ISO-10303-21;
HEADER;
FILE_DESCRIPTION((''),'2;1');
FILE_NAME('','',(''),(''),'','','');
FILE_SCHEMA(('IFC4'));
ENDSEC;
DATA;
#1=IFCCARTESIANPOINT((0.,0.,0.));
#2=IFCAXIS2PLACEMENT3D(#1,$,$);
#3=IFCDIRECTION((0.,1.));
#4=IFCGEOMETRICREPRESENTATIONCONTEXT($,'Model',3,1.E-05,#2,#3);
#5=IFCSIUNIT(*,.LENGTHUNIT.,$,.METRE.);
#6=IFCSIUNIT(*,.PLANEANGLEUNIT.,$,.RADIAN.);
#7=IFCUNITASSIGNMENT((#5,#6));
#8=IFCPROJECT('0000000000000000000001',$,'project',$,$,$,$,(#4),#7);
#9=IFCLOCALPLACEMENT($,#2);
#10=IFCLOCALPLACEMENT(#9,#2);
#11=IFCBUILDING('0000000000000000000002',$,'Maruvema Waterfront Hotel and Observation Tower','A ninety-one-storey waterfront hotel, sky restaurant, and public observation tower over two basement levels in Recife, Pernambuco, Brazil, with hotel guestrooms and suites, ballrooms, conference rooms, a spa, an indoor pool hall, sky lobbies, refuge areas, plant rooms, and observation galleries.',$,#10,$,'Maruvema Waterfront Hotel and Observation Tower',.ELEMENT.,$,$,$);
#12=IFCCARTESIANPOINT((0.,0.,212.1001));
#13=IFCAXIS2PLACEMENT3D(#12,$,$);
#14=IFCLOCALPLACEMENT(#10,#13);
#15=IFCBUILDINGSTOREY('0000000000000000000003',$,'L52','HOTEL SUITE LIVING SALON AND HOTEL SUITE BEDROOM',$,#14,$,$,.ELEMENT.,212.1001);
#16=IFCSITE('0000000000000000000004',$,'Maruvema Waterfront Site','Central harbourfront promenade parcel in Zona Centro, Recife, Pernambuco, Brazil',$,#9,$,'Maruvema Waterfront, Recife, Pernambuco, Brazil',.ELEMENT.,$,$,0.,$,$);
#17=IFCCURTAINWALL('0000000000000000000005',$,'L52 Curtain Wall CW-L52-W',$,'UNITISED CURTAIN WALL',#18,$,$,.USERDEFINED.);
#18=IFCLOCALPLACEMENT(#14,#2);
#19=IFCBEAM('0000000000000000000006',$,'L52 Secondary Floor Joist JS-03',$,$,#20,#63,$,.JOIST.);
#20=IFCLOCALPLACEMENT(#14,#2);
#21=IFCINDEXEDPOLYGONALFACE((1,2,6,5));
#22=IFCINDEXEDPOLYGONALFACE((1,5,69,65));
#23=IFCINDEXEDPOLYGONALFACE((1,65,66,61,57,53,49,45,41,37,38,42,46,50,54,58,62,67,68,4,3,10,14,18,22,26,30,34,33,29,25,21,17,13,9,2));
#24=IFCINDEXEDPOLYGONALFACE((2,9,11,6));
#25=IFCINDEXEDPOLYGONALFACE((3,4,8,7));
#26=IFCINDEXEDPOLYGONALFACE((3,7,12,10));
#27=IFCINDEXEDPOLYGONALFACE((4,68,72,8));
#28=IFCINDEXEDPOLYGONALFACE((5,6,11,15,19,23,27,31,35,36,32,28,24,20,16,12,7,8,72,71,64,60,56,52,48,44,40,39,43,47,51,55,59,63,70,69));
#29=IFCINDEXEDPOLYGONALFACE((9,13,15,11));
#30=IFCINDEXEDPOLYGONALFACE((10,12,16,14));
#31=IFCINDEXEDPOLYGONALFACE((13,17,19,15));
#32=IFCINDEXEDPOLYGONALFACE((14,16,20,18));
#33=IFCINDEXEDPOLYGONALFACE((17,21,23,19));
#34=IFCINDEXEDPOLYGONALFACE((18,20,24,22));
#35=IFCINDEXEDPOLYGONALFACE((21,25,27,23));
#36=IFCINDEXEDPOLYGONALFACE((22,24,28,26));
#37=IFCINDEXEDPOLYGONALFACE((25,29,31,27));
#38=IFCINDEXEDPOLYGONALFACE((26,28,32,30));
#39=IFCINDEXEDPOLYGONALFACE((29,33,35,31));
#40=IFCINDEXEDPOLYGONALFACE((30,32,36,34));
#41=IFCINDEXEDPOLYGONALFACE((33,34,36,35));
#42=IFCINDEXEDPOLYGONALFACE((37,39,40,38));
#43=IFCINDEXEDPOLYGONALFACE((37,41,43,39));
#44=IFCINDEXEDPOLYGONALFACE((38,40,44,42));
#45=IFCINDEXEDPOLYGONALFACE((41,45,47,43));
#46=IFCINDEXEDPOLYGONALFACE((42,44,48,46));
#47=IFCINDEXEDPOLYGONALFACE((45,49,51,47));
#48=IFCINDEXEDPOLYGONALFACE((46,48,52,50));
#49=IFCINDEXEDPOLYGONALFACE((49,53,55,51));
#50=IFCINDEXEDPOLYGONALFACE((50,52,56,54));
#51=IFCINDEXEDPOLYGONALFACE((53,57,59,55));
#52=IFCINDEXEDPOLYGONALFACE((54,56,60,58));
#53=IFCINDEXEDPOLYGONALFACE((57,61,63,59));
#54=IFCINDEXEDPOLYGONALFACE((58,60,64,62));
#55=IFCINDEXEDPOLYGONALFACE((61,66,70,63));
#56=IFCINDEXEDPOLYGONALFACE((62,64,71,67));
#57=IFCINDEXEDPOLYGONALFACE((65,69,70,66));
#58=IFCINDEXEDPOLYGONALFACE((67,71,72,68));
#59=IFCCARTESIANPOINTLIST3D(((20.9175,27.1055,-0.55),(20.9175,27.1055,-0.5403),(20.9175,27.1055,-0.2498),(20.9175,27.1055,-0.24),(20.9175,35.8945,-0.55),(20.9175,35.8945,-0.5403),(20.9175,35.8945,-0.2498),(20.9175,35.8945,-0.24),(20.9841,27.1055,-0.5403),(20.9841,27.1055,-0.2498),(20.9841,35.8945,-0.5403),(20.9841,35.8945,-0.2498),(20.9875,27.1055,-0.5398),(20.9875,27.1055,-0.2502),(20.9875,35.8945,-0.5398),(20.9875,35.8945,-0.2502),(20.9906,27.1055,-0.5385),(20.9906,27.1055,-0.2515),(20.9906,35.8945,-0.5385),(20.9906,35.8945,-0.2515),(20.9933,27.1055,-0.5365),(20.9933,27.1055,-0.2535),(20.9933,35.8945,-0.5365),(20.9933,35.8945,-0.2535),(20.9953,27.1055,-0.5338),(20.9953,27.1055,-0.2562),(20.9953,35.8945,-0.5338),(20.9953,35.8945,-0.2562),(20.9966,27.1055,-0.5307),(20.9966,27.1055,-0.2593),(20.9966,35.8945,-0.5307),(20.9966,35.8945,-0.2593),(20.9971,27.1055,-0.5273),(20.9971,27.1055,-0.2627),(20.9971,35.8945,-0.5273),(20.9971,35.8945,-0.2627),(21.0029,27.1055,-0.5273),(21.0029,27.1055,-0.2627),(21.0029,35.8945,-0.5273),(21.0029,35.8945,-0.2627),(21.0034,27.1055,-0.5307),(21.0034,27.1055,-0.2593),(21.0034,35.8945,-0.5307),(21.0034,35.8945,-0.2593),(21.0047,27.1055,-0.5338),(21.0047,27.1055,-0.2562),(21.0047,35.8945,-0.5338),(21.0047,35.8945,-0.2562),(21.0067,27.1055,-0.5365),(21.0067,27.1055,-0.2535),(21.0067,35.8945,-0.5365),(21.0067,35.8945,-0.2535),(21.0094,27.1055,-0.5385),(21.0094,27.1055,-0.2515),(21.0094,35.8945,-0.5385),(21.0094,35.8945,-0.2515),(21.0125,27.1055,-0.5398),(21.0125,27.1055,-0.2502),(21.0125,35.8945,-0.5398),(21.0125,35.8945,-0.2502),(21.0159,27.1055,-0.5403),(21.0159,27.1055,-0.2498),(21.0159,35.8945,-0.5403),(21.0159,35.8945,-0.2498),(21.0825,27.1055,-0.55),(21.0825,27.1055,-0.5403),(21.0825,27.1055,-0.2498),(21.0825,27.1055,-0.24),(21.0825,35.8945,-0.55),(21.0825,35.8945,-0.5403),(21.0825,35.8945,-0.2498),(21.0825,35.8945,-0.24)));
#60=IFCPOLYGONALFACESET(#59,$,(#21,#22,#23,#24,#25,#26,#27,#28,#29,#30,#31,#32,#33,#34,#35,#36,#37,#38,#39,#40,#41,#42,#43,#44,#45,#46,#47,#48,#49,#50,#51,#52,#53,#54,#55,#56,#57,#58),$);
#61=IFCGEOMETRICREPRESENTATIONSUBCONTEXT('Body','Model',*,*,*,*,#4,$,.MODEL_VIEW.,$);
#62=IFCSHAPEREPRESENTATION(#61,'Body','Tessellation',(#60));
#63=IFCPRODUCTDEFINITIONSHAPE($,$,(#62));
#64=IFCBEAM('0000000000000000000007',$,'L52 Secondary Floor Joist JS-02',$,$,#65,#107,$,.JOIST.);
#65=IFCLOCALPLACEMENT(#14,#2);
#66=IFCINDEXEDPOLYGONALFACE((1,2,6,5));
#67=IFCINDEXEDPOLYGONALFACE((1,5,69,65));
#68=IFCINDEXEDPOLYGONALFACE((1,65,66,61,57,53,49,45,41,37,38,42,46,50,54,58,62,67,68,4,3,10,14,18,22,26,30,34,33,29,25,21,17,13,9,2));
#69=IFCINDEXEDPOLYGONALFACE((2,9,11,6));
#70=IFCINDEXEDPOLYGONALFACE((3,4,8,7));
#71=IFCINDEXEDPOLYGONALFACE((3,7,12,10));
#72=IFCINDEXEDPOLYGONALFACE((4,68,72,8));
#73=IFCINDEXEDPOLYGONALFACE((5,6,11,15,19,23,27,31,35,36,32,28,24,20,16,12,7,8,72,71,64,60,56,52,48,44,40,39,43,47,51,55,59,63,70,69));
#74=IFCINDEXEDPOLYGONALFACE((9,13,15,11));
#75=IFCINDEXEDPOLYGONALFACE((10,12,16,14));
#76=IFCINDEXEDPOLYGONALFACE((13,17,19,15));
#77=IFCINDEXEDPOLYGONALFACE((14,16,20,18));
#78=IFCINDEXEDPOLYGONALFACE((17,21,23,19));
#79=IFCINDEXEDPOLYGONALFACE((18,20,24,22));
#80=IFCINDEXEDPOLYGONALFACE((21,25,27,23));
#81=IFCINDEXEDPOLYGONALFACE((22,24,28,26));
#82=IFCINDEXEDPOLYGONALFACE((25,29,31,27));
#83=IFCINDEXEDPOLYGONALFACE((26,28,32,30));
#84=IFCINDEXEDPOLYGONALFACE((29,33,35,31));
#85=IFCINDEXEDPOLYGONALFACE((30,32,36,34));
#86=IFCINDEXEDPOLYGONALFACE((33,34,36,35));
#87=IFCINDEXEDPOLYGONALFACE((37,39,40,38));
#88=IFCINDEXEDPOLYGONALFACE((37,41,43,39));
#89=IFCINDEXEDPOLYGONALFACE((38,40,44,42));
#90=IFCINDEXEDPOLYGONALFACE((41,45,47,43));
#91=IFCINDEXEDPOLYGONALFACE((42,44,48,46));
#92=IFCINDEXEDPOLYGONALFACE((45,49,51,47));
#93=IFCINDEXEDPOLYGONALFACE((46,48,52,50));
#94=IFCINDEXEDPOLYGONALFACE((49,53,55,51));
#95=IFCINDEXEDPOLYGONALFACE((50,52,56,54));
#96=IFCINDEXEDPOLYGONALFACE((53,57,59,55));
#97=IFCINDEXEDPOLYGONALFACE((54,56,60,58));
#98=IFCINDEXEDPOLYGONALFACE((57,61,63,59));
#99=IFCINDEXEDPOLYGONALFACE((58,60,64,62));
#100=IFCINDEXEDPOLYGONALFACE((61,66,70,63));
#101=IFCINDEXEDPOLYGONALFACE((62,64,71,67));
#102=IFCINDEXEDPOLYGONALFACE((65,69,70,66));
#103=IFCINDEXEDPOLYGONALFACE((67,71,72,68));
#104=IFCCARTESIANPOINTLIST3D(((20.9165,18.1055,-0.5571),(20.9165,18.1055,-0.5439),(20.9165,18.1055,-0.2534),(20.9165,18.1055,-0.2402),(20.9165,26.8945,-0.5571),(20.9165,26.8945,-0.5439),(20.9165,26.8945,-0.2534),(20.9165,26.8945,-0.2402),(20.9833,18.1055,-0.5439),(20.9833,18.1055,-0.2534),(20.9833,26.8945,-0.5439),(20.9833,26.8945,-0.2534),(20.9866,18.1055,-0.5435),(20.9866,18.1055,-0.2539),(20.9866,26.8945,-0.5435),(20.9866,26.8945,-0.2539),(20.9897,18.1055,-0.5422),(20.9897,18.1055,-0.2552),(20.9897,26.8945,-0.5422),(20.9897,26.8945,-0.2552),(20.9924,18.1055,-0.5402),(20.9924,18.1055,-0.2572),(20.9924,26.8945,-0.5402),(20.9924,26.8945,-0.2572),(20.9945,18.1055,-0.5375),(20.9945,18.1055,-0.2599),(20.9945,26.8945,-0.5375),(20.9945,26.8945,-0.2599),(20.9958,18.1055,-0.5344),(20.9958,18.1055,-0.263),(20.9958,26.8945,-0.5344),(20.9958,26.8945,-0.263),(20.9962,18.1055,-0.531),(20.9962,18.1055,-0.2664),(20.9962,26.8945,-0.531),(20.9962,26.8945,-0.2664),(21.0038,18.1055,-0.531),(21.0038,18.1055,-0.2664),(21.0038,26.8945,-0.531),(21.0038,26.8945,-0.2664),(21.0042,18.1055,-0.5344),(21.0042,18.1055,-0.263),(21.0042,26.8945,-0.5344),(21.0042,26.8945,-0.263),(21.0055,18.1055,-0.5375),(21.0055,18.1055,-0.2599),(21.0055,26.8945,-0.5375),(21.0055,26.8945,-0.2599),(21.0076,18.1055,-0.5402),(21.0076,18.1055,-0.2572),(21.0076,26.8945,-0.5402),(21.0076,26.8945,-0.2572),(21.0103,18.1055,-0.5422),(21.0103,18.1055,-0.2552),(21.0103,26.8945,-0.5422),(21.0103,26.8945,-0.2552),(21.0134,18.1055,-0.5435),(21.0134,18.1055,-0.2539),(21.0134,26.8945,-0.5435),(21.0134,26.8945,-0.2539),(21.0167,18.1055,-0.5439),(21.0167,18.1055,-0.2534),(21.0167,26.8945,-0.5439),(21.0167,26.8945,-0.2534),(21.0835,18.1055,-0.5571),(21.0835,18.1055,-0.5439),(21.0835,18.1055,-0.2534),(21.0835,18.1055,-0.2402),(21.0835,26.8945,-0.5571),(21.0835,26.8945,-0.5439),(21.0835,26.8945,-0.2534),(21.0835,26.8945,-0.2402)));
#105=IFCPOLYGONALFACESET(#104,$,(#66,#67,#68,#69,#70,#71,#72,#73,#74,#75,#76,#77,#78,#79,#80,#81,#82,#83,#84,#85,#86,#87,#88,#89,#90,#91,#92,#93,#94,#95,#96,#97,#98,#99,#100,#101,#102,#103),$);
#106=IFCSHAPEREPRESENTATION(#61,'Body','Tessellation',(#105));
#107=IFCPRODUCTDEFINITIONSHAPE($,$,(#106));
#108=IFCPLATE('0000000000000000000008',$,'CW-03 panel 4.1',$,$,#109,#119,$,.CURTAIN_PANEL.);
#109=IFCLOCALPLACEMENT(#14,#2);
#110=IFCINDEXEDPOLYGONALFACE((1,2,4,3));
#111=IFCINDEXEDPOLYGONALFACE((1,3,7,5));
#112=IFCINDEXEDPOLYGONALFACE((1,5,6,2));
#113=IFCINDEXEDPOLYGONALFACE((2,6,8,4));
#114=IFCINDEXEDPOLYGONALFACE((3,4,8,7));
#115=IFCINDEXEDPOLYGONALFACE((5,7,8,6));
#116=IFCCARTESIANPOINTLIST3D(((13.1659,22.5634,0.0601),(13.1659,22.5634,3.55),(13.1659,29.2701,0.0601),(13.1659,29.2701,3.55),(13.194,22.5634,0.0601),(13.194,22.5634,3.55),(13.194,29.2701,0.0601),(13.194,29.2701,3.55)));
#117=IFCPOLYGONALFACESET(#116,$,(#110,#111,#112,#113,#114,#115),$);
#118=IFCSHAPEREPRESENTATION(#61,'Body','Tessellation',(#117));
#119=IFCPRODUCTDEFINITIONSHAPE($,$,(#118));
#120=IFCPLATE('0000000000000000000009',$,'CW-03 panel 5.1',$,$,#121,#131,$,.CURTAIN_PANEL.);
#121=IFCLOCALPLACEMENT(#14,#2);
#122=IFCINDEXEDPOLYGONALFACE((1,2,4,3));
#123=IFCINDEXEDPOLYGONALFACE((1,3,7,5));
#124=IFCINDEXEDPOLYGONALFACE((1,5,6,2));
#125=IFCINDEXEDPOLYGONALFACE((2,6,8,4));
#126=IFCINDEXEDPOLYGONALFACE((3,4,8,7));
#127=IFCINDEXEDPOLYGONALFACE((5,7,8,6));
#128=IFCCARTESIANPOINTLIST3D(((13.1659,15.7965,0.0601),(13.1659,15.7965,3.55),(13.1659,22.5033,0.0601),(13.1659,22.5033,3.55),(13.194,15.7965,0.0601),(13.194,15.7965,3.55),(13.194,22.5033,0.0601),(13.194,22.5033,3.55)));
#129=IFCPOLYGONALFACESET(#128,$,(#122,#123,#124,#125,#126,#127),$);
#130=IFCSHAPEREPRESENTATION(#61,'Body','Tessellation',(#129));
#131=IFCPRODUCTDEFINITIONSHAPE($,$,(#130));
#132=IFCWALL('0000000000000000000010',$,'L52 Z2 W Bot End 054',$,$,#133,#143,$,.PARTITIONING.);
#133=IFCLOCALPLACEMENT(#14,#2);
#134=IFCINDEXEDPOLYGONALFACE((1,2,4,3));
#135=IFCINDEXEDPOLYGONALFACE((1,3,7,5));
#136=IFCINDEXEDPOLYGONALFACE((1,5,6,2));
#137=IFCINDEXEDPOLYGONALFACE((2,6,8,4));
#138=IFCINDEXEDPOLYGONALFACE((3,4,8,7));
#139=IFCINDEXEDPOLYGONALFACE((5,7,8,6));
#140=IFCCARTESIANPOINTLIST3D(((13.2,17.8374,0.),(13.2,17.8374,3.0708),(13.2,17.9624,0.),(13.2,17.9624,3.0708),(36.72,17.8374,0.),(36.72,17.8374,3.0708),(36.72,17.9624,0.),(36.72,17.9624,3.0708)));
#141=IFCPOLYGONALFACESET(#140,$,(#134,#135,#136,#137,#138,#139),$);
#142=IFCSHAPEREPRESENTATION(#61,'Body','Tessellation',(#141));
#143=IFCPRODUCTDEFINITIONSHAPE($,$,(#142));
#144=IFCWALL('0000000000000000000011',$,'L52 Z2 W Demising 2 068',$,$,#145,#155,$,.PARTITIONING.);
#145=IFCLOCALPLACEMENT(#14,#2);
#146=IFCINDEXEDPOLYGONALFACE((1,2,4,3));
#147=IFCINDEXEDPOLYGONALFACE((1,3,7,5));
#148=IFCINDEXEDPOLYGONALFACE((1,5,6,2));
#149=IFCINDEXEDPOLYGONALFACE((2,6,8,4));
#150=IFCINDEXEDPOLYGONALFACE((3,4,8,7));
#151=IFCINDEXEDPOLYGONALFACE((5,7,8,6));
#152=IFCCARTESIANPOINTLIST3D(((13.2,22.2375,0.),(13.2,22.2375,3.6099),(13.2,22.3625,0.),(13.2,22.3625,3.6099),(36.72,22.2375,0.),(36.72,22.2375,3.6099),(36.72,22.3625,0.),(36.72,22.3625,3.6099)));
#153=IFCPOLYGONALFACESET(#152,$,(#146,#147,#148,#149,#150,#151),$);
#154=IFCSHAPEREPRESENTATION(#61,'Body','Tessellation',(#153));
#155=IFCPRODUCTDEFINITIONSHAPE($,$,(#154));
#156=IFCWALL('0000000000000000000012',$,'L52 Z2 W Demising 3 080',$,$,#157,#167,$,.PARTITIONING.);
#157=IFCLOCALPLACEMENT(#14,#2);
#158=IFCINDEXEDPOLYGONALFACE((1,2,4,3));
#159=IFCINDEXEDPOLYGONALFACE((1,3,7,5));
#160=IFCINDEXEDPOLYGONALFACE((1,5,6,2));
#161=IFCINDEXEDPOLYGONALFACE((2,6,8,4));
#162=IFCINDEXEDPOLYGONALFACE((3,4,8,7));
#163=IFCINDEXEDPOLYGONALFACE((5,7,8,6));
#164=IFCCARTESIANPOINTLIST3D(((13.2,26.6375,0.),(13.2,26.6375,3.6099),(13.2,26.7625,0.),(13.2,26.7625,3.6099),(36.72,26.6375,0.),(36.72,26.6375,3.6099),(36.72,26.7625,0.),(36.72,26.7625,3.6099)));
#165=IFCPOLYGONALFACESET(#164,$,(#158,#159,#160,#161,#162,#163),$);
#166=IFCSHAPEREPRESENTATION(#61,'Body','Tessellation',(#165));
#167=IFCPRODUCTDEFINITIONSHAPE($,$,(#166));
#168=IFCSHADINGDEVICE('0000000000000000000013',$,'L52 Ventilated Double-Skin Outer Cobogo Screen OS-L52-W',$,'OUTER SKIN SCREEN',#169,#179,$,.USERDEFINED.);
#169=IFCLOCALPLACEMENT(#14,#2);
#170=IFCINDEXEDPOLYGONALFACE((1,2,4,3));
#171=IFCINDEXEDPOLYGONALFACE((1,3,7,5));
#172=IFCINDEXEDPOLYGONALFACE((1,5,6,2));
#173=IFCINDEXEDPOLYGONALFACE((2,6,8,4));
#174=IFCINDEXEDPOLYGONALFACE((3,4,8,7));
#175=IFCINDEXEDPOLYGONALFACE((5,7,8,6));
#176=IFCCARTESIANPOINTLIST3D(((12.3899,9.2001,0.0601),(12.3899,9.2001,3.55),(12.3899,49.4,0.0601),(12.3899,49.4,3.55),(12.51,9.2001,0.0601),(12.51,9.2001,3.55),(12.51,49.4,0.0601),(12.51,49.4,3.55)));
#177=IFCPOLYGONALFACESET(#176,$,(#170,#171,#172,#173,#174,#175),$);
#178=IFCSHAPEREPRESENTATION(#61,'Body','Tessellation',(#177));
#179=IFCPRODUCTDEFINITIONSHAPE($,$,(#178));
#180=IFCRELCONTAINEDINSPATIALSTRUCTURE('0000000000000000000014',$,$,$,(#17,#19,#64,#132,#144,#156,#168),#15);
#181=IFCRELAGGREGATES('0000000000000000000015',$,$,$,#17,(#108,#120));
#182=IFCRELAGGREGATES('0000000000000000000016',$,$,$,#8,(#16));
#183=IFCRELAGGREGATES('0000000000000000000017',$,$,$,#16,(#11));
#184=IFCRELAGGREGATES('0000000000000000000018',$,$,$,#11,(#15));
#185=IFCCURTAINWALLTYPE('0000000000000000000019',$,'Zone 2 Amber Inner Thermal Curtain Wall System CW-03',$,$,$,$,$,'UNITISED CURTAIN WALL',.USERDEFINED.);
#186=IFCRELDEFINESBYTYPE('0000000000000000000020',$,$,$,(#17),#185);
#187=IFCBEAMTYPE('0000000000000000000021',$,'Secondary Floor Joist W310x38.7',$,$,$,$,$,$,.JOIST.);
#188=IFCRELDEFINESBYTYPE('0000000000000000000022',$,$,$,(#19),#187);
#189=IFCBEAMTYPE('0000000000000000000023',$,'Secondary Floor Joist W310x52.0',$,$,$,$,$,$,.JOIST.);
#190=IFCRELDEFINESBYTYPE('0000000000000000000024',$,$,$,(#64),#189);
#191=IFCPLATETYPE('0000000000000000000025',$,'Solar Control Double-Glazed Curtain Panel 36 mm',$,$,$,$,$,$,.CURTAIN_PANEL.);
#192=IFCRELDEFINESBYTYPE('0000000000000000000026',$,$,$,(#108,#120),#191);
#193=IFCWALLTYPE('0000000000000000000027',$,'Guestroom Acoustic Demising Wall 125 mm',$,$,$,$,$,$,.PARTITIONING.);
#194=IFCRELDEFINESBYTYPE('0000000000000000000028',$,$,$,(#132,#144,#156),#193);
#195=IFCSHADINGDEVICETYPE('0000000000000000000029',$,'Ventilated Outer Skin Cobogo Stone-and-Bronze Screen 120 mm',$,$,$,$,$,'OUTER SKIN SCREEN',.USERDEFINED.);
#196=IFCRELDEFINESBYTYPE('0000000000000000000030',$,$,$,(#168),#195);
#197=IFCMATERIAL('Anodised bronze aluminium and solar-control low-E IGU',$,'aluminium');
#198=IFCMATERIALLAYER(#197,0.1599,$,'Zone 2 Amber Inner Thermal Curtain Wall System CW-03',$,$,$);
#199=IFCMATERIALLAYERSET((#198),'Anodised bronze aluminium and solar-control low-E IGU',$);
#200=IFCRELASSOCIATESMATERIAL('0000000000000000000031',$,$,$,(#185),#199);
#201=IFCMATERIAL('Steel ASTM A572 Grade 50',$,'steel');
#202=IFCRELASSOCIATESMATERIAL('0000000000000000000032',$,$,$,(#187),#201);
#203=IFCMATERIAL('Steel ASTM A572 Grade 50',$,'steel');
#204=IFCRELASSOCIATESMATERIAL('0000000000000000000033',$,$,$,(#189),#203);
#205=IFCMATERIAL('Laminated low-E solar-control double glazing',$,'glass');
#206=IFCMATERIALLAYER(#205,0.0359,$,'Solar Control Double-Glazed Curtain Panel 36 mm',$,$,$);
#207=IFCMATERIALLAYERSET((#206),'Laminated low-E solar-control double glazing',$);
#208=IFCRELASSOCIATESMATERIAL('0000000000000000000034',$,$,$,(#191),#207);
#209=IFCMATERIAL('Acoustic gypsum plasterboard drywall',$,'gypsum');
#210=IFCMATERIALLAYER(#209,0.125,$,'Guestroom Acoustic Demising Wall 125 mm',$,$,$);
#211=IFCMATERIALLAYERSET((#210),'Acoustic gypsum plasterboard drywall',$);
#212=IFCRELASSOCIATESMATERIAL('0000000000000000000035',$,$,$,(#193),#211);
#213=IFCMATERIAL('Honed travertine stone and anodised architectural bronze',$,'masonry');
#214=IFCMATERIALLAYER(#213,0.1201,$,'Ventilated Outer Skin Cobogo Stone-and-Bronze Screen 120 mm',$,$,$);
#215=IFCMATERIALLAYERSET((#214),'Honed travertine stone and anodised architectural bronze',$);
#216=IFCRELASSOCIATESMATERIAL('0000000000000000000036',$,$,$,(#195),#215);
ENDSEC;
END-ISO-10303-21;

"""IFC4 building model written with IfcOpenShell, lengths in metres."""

from ifc_helpers import new_model, si_unit, direction, frame, frame_2d, origin, origin_2d, place, context, subcontext, project, spatial, rectangle, i_section, extrude, material, layer, layer_set, material_profile, profile_set, type_object, element, aggregate, save


model = new_model("IFC4")

# Units and contexts
model_context = context("Model", 3, precision=1e-05, world=origin(), true_north=direction((0.0, 1.0)))
body_context = subcontext(model_context, "Body", "Model", "MODEL_VIEW")
ifc_project = project(units=[si_unit("LENGTHUNIT", "METRE"), si_unit("PLANEANGLEUNIT", "RADIAN")], contexts=[model_context])

# Site, building, storey
site_placement = place(None, origin())
site = spatial("IfcSite", under=ifc_project, at=site_placement, Name="Maruvema Waterfront Site", Description="Central harbourfront promenade parcel in Zona Centro, Recife, Pernambuco, Brazil", LongName="Maruvema Waterfront, Recife, Pernambuco, Brazil", CompositionType="ELEMENT", RefElevation=0.0)
building_placement = place(site_placement, origin())
building = spatial("IfcBuilding", under=site, at=building_placement, Name="Maruvema Waterfront Hotel and Observation Tower", Description="A ninety-one-storey waterfront hotel, sky restaurant, and public observation tower over two basement levels in Recife, Pernambuco, Brazil, with hotel guestrooms and suites, ballrooms, conference rooms, a spa, an indoor pool hall, sky lobbies, refuge areas, plant rooms, and observation galleries.", LongName="Maruvema Waterfront Hotel and Observation Tower", CompositionType="ELEMENT")
storey_placement = place(building_placement, frame((0.0, 0.0, 212.1001)))
storey = spatial("IfcBuildingStorey", under=building, at=storey_placement, Name="L52", Description="HOTEL SUITE LIVING SALON AND HOTEL SUITE BEDROOM", CompositionType="ELEMENT", Elevation=212.1001)

# Curtain wall
ifc_material_1 = material(Name="Anodised bronze aluminium and solar-control low-E IGU", Category="aluminium")
ifc_layer_1 = layer(ifc_material_1, 0.1599, Name="Zone 2 Amber Inner Thermal Curtain Wall System CW-03")
ifc_layer_set_1 = layer_set([ifc_layer_1], Name="Anodised bronze aluminium and solar-control low-E IGU")
curtain_wall_type = type_object("IfcCurtainWallType", Name="Zone 2 Amber Inner Thermal Curtain Wall System CW-03", ElementType="UNITISED CURTAIN WALL", PredefinedType="USERDEFINED", material=ifc_layer_set_1)
curtain_wall_placement = place(storey_placement, origin())
curtain_wall = element("IfcCurtainWall", 1, at=curtain_wall_placement, inside=storey, type_object=curtain_wall_type, Name="L52 Curtain Wall CW-L52-W", ObjectType="UNITISED CURTAIN WALL", PredefinedType="USERDEFINED")

# Beams
ifc_material_2 = material(Name="Steel ASTM A572 Grade 50", Category="steel")
ifc_material_profile_1 = material_profile(ifc_material_2, i_section(OverallWidth=0.165, OverallDepth=0.3101, WebThickness=0.0059, FlangeThickness=0.0098, FilletRadius=0.0129, at=origin_2d()), Name="W310x38.7")
ifc_profile_set_1 = profile_set([ifc_material_profile_1], Name="Steel ASTM A572 Grade 50")
beam_type_1 = type_object("IfcBeamType", Name="Secondary Floor Joist W310x38.7", PredefinedType="JOIST", material=ifc_profile_set_1)
beam_1_placement = place(storey_placement, frame((21.0, 27.1055, -0.395), z_axis=(0.0, 1.0, 0.0), x_axis=(-1.0, 0.0, 0.0)))
element("IfcBeam", 2, at=beam_1_placement, inside=storey, type_object=beam_type_1, Name="L52 Secondary Floor Joist JS-03", PredefinedType="JOIST", context=body_context, shape_type="SweptSolid", body=[
    extrude(i_section(OverallWidth=0.165, OverallDepth=0.3101, WebThickness=0.0059, FlangeThickness=0.0098, FilletRadius=0.0129, at=origin_2d()), origin(), (0.0, 0.0, 1.0), 8.7891),
])
ifc_material_3 = material(Name="Steel ASTM A572 Grade 50", Category="steel")
ifc_material_profile_2 = material_profile(ifc_material_3, i_section(OverallWidth=0.167, OverallDepth=0.3169, WebThickness=0.0076, FlangeThickness=0.0132, FilletRadius=0.0129, at=origin_2d()), Name="W310x52.0")
ifc_profile_set_2 = profile_set([ifc_material_profile_2], Name="Steel ASTM A572 Grade 50")
beam_type_2 = type_object("IfcBeamType", Name="Secondary Floor Joist W310x52.0", PredefinedType="JOIST", material=ifc_profile_set_2)
beam_2_placement = place(storey_placement, frame((21.0, 18.1055, -0.3987), z_axis=(0.0, 1.0, 0.0), x_axis=(-1.0, 0.0, 0.0)))
element("IfcBeam", 3, at=beam_2_placement, inside=storey, type_object=beam_type_2, Name="L52 Secondary Floor Joist JS-02", PredefinedType="JOIST", context=body_context, shape_type="SweptSolid", body=[
    extrude(i_section(OverallWidth=0.167, OverallDepth=0.3169, WebThickness=0.0076, FlangeThickness=0.0132, FilletRadius=0.0129, at=origin_2d()), origin(), (0.0, 0.0, 1.0), 8.7891),
])

# Plates
ifc_material_4 = material(Name="Laminated low-E solar-control double glazing", Category="glass")
ifc_layer_2 = layer(ifc_material_4, 0.0359, Name="Solar Control Double-Glazed Curtain Panel 36 mm")
ifc_layer_set_2 = layer_set([ifc_layer_2], Name="Laminated low-E solar-control double glazing")
plate_type = type_object("IfcPlateType", Name="Solar Control Double-Glazed Curtain Panel 36 mm", PredefinedType="CURTAIN_PANEL", material=ifc_layer_set_2)
plate_1_placement = place(storey_placement, frame((13.1799, 25.9167, 0.0601), z_axis=(0.0, 0.0, 1.0), x_axis=(0.0, -1.0, 0.0)))
plate_1 = element("IfcPlate", 4, at=plate_1_placement, type_object=plate_type, Name="CW-03 panel 4.1", PredefinedType="CURTAIN_PANEL", context=body_context, shape_type="SweptSolid", body=[
    extrude(rectangle(XDim=6.7068, YDim=0.0281, at=origin_2d()), origin(), (0.0, 0.0, 1.0), 3.49),
])
plate_2_placement = place(storey_placement, frame((13.1799, 19.1499, 0.0601), z_axis=(0.0, 0.0, 1.0), x_axis=(0.0, -1.0, 0.0)))
plate_2 = element("IfcPlate", 5, at=plate_2_placement, type_object=plate_type, Name="CW-03 panel 5.1", PredefinedType="CURTAIN_PANEL", context=body_context, shape_type="SweptSolid", body=[
    extrude(rectangle(XDim=6.7068, YDim=0.0281, at=origin_2d()), origin(), (0.0, 0.0, 1.0), 3.49),
])
aggregate(curtain_wall, [plate_1, plate_2])

# Walls
ifc_material_5 = material(Name="Acoustic gypsum plasterboard drywall", Category="gypsum")
ifc_layer_3 = layer(ifc_material_5, 0.125, Name="Guestroom Acoustic Demising Wall 125 mm")
ifc_layer_set_3 = layer_set([ifc_layer_3], Name="Acoustic gypsum plasterboard drywall")
wall_type = type_object("IfcWallType", Name="Guestroom Acoustic Demising Wall 125 mm", PredefinedType="PARTITIONING", material=ifc_layer_set_3)
wall_placement = place(storey_placement, frame((13.2, 17.8999, 0.0), z_axis=(0.0, 0.0, 1.0), x_axis=(1.0, 0.0, 0.0)))
element("IfcWall", 6, at=wall_placement, inside=storey, type_object=wall_type, Name="L52 Z2 W Bot End 054", PredefinedType="PARTITIONING", context=body_context, shape_type="SweptSolid", body=[
    extrude(rectangle(XDim=23.52, YDim=0.125, at=frame_2d((11.76, 0.0))), origin(), (0.0, 0.0, 1.0), 3.0708),
])
for number, where, z_axis, x_axis, name in (
    (7, (13.2, 22.3, 0.0), (0.0, 0.0, 1.0), (1.0, 0.0, 0.0), "L52 Z2 W Demising 2 068"),
    (8, (13.2, 26.7, 0.0), (0.0, 0.0, 1.0), (1.0, 0.0, 0.0), "L52 Z2 W Demising 3 080"),
):
    element("IfcWall", number, at=place(storey_placement, frame(where, z_axis=z_axis, x_axis=x_axis)), inside=storey, type_object=wall_type, Name=name, PredefinedType="PARTITIONING", context=body_context, shape_type="SweptSolid", body=[
        extrude(rectangle(XDim=23.52, YDim=0.125, at=frame_2d((11.76, 0.0))), origin(), (0.0, 0.0, 1.0), 3.6099),
    ])

# Shading device
ifc_material_6 = material(Name="Honed travertine stone and anodised architectural bronze", Category="masonry")
ifc_layer_4 = layer(ifc_material_6, 0.1201, Name="Ventilated Outer Skin Cobogo Stone-and-Bronze Screen 120 mm")
ifc_layer_set_4 = layer_set([ifc_layer_4], Name="Honed travertine stone and anodised architectural bronze")
shading_device_type = type_object("IfcShadingDeviceType", Name="Ventilated Outer Skin Cobogo Stone-and-Bronze Screen 120 mm", ElementType="OUTER SKIN SCREEN", PredefinedType="USERDEFINED", material=ifc_layer_set_4)
shading_device_placement = place(storey_placement, frame((12.45, 29.3, 0.0601), z_axis=(0.0, 0.0, 1.0), x_axis=(0.0, -1.0, 0.0)))
element("IfcShadingDevice", 9, at=shading_device_placement, inside=storey, type_object=shading_device_type, Name="L52 Ventilated Double-Skin Outer Cobogo Screen OS-L52-W", ObjectType="OUTER SKIN SCREEN", PredefinedType="USERDEFINED", context=body_context, shape_type="SweptSolid", body=[
    extrude(rectangle(XDim=40.2, YDim=0.1201, at=origin_2d()), origin(), (0.0, 0.0, 1.0), 3.49),
])

save(model, "model.ifc")
